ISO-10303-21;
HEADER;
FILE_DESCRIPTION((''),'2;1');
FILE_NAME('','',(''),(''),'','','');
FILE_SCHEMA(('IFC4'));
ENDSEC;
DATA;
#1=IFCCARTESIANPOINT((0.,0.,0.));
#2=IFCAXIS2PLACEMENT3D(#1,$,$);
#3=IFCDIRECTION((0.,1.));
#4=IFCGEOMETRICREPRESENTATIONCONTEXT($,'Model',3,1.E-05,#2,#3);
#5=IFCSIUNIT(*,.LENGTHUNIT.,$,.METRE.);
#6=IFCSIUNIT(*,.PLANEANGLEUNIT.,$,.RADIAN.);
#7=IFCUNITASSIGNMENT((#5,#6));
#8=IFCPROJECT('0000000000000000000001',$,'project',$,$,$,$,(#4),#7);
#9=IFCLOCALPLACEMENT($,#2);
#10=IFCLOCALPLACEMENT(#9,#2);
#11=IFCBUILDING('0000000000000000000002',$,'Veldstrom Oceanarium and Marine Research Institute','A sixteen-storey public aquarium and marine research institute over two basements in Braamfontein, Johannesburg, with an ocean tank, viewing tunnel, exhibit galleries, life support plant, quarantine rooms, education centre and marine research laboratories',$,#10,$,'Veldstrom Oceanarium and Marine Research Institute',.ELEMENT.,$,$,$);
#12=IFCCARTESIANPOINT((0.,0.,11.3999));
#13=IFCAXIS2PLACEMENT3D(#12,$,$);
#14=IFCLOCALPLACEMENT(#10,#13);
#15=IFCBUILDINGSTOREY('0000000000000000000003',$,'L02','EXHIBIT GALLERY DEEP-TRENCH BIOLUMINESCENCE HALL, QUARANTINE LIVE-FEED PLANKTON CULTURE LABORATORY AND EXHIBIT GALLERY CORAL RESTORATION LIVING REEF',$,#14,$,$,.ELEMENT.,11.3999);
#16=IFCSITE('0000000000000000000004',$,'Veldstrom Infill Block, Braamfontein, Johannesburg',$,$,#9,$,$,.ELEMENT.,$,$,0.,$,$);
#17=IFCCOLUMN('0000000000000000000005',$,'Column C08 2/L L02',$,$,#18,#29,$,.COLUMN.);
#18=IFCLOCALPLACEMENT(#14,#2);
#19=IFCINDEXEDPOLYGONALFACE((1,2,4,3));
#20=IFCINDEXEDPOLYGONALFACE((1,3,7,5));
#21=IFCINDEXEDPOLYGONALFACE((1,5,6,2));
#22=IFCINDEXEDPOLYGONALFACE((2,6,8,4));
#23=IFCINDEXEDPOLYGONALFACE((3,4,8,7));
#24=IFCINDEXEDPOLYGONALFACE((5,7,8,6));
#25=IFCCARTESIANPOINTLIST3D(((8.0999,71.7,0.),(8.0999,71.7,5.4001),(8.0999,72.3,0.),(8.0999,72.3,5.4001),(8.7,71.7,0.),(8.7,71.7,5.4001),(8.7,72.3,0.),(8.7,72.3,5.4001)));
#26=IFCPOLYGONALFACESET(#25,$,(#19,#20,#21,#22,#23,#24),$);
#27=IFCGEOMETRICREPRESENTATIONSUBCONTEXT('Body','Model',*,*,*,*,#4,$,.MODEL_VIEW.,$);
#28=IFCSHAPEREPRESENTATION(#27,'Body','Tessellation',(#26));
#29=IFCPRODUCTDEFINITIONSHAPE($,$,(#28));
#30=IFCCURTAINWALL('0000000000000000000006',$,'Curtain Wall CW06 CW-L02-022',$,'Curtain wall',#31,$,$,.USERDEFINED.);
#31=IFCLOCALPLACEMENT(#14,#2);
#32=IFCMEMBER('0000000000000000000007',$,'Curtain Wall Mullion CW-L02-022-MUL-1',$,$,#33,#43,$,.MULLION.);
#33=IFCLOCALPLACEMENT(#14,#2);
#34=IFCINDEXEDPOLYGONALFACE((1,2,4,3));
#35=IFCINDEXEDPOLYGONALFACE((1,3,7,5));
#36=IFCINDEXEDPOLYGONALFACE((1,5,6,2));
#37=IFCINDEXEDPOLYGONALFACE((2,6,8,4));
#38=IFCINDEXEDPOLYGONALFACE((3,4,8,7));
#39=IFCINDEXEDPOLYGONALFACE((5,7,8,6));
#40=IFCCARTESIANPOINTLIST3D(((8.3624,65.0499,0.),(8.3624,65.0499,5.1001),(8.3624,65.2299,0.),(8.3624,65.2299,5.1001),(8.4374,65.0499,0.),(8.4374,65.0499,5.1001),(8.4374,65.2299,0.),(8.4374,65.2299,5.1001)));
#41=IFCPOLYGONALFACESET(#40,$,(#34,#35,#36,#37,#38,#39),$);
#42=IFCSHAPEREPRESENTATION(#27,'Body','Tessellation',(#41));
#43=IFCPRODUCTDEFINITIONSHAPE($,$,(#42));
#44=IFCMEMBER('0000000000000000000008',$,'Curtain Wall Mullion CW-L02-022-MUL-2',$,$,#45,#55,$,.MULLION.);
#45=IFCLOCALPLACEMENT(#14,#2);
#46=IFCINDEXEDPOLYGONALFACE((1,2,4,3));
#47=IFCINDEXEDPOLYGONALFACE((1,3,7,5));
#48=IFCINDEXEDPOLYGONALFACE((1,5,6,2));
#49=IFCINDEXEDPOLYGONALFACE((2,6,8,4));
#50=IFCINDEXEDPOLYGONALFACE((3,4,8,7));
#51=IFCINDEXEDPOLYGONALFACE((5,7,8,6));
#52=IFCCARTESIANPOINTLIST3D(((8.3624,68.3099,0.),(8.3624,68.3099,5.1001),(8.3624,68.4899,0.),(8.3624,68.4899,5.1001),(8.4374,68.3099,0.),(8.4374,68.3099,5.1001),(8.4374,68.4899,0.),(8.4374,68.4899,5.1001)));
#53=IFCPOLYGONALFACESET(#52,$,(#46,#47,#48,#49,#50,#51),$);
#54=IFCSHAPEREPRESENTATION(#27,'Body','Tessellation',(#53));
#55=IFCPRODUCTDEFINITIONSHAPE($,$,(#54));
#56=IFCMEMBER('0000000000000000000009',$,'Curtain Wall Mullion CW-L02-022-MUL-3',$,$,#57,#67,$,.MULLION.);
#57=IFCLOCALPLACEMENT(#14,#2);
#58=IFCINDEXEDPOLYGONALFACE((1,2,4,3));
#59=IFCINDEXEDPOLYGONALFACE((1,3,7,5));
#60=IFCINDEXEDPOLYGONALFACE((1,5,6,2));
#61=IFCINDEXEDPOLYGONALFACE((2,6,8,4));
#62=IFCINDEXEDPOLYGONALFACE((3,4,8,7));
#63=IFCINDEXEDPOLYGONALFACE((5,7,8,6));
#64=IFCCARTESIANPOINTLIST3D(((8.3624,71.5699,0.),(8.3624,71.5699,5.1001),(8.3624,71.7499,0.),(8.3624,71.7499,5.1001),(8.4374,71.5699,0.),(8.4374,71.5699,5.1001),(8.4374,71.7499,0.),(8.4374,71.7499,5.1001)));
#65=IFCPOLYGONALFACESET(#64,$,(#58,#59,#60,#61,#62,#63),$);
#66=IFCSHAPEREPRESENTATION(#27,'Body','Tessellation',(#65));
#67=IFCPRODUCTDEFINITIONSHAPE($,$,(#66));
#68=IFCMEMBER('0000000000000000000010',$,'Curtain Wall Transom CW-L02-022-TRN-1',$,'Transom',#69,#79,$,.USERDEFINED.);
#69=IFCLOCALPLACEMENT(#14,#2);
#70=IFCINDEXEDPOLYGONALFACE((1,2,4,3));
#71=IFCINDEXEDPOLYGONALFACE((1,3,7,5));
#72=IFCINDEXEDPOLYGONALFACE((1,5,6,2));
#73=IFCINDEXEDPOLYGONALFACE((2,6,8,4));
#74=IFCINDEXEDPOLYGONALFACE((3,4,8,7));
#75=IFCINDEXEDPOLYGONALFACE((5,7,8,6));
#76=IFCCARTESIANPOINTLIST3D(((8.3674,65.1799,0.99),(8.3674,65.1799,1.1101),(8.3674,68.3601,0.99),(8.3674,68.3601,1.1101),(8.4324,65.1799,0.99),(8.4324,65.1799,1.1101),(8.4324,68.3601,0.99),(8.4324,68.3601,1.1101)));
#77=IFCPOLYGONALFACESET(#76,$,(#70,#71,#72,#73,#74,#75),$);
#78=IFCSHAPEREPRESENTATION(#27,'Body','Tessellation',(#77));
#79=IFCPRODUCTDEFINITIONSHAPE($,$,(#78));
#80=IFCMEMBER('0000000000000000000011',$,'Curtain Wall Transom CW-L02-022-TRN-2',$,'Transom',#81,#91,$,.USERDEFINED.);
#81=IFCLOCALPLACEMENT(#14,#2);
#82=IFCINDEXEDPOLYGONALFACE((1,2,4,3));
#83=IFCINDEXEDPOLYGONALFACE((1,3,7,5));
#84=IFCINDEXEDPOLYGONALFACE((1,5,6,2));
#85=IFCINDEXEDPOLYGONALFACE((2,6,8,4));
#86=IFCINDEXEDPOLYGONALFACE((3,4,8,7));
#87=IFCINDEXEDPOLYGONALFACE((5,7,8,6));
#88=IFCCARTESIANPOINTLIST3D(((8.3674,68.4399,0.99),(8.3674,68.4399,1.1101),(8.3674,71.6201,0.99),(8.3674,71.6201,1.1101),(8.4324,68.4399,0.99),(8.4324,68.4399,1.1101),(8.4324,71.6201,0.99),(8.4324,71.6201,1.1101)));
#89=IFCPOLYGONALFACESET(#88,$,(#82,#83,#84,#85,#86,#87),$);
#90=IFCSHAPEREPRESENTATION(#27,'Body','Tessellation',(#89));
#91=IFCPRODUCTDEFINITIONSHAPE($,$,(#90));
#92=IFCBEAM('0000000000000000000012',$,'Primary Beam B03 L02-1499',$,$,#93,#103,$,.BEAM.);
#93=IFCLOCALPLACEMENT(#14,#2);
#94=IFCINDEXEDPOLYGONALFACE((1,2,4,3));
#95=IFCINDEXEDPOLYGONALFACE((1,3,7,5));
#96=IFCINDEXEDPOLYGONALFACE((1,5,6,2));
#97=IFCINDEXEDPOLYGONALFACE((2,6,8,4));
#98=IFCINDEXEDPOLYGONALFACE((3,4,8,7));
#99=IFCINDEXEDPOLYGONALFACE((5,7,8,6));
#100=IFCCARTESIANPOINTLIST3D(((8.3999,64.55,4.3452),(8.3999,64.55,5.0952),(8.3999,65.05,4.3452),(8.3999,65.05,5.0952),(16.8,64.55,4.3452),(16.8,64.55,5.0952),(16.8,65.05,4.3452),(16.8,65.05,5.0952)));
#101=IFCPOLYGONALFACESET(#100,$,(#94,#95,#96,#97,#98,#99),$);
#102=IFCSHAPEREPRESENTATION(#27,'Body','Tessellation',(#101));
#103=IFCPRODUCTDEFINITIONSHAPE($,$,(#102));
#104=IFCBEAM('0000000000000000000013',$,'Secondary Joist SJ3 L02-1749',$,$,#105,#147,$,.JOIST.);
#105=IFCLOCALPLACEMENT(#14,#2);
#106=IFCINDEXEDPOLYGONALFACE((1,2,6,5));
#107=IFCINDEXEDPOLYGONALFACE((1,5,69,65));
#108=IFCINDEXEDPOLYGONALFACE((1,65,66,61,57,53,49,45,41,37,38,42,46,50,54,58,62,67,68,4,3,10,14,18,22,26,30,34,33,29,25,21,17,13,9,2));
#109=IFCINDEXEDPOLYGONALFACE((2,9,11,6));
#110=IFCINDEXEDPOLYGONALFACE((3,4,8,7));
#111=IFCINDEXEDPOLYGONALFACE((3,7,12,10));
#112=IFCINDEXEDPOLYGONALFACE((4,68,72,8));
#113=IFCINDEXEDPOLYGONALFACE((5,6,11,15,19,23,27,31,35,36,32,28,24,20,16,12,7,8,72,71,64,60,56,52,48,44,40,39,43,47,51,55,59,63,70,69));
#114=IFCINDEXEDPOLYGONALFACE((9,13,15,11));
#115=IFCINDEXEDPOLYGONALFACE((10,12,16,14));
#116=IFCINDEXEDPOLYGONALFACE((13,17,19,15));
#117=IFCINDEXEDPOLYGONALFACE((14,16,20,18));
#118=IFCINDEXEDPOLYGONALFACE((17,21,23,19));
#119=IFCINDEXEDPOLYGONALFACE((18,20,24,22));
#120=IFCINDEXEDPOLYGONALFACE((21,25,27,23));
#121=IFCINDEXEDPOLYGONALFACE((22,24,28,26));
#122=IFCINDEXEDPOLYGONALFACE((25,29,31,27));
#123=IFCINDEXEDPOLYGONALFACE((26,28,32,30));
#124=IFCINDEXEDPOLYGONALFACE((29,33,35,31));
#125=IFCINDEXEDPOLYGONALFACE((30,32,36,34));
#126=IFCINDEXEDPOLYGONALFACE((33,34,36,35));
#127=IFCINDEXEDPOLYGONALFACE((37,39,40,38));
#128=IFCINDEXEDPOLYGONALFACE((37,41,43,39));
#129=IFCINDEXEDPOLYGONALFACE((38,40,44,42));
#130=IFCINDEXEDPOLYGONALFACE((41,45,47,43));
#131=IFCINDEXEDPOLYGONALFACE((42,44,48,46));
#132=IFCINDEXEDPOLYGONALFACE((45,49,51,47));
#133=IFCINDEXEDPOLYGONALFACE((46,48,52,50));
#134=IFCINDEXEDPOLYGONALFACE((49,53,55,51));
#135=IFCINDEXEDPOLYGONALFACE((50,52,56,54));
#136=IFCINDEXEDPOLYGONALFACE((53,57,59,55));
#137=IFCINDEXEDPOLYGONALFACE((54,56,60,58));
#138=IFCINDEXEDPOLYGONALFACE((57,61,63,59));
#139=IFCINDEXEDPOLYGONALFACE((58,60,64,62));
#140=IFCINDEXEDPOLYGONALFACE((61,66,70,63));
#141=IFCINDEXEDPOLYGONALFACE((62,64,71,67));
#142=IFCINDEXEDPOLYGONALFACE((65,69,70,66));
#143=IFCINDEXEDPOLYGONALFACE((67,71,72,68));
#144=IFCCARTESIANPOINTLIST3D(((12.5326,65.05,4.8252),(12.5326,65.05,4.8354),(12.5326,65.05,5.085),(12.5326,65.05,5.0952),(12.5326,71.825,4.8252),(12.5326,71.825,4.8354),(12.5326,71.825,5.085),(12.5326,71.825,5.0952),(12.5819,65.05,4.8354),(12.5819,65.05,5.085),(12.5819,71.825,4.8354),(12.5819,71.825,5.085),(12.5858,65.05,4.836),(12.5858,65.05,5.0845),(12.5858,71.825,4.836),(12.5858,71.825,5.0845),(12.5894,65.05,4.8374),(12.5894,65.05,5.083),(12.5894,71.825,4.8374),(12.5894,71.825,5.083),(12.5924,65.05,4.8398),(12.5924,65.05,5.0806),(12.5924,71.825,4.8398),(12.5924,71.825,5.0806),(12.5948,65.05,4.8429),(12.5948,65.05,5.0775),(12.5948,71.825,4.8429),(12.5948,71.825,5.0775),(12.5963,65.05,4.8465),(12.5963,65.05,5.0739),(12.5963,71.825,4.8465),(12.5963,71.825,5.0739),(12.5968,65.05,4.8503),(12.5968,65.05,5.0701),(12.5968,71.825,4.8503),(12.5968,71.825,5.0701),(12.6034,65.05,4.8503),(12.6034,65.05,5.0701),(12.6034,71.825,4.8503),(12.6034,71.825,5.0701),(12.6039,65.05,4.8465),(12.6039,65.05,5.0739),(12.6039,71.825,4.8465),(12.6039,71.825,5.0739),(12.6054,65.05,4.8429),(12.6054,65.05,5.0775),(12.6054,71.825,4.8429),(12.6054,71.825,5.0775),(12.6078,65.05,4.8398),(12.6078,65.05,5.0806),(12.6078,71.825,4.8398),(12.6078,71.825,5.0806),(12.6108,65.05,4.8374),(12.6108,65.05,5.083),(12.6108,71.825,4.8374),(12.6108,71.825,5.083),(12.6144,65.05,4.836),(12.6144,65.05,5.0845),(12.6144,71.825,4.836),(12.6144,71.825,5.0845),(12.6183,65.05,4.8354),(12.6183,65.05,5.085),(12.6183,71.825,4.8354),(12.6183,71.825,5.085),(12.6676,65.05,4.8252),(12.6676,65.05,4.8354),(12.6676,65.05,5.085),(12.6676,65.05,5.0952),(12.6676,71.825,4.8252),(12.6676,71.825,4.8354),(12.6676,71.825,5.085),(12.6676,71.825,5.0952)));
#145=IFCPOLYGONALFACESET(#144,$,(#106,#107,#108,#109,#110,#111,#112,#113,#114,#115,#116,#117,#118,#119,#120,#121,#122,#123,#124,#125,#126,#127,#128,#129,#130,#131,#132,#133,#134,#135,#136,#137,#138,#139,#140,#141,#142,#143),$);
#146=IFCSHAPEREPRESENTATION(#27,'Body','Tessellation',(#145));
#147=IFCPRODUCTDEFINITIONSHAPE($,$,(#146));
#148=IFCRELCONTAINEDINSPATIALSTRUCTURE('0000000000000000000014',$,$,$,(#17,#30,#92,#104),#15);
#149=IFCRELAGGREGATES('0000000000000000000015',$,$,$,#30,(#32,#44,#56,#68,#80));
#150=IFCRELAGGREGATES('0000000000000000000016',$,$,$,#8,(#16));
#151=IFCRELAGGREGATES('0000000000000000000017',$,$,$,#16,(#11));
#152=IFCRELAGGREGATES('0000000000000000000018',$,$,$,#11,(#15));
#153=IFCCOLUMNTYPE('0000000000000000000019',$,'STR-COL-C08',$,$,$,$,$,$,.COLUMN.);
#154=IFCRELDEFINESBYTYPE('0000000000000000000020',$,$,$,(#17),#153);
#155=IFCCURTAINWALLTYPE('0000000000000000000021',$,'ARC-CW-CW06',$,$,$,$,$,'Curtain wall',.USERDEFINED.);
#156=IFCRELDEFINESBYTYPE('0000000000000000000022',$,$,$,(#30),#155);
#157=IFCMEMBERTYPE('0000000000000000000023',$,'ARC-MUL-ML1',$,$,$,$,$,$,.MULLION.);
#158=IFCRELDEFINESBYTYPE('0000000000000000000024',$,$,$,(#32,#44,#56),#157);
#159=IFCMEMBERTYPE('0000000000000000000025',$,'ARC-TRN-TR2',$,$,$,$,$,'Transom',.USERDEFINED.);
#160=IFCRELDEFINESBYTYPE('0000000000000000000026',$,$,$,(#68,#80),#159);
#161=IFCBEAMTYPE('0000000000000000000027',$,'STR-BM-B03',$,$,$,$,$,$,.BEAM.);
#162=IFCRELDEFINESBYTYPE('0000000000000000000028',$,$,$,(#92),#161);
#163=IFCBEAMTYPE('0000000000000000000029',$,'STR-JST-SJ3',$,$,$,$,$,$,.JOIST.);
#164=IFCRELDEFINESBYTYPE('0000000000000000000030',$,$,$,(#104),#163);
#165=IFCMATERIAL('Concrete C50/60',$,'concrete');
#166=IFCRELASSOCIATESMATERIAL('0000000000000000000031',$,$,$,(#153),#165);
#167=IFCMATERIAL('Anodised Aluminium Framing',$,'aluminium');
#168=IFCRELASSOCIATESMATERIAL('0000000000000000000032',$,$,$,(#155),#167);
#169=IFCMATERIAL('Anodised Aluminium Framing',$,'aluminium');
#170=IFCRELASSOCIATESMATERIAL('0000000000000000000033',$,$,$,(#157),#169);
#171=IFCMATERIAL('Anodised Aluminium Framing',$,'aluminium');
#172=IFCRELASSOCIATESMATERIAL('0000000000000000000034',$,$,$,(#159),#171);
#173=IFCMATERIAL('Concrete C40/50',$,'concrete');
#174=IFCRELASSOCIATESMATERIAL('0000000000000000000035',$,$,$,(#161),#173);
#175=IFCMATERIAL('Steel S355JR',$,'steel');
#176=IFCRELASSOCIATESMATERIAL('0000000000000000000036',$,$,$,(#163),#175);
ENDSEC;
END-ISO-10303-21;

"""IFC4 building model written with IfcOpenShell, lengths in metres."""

from ifc_helpers import new_model, si_unit, direction, frame, origin, origin_2d, place, context, subcontext, project, spatial, rectangle, i_section, extrude, material, material_profile, profile_set, type_object, element, aggregate, save


model = new_model("IFC4")

# Units and contexts
model_context = context("Model", 3, precision=1e-05, world=origin(), true_north=direction((0.0, 1.0)))
body_context = subcontext(model_context, "Body", "Model", "MODEL_VIEW")
ifc_project = project(units=[si_unit("LENGTHUNIT", "METRE"), si_unit("PLANEANGLEUNIT", "RADIAN")], contexts=[model_context])

# Site, building, storey
site_placement = place(None, origin())
site = spatial("IfcSite", under=ifc_project, at=site_placement, Name="Veldstrom Infill Block, Braamfontein, Johannesburg", CompositionType="ELEMENT", RefElevation=0.0)
building_placement = place(site_placement, origin())
building = spatial("IfcBuilding", under=site, at=building_placement, Name="Veldstrom Oceanarium and Marine Research Institute", Description="A sixteen-storey public aquarium and marine research institute over two basements in Braamfontein, Johannesburg, with an ocean tank, viewing tunnel, exhibit galleries, life support plant, quarantine rooms, education centre and marine research laboratories", LongName="Veldstrom Oceanarium and Marine Research Institute", CompositionType="ELEMENT")
storey_placement = place(building_placement, frame((0.0, 0.0, 11.3999)))
storey = spatial("IfcBuildingStorey", under=building, at=storey_placement, Name="L02", Description="EXHIBIT GALLERY DEEP-TRENCH BIOLUMINESCENCE HALL, QUARANTINE LIVE-FEED PLANKTON CULTURE LABORATORY AND EXHIBIT GALLERY CORAL RESTORATION LIVING REEF", CompositionType="ELEMENT", Elevation=11.3999)

# Column
ifc_material_1 = material(Name="Concrete C50/60", Category="concrete")
ifc_material_profile_1 = material_profile(ifc_material_1, rectangle(XDim=0.6001, YDim=0.6001, at=origin_2d()), Name="RC-COL-600x600")
ifc_profile_set_1 = profile_set([ifc_material_profile_1], Name="Concrete C50/60")
column_type = type_object("IfcColumnType", Name="STR-COL-C08", PredefinedType="COLUMN", material=ifc_profile_set_1)
column_placement = place(storey_placement, frame((8.3999, 72.0, 0.0), z_axis=(0.0, 0.0, 1.0), x_axis=(1.0, 0.0, 0.0)))
element("IfcColumn", 1, at=column_placement, inside=storey, type_object=column_type, Name="Column C08 2/L L02", PredefinedType="COLUMN", context=body_context, shape_type="SweptSolid", body=[
    extrude(rectangle(XDim=0.6001, YDim=0.6001, at=origin_2d()), origin(), (0.0, 0.0, 1.0), 5.4001),
])

# Curtain wall, members
ifc_material_2 = material(Name="Anodised Aluminium Framing", Category="aluminium")
curtain_wall_type = type_object("IfcCurtainWallType", Name="ARC-CW-CW06", ElementType="Curtain wall", PredefinedType="USERDEFINED", material=ifc_material_2)
curtain_wall_placement = place(storey_placement, origin())
curtain_wall = element("IfcCurtainWall", 2, at=curtain_wall_placement, inside=storey, type_object=curtain_wall_type, Name="Curtain Wall CW06 CW-L02-022", ObjectType="Curtain wall", PredefinedType="USERDEFINED")
ifc_material_3 = material(Name="Anodised Aluminium Framing", Category="aluminium")
ifc_material_profile_2 = material_profile(ifc_material_3, rectangle(XDim=0.075, YDim=0.1799, at=origin_2d()), Name="ALU-MUL-75x180")
ifc_profile_set_2 = profile_set([ifc_material_profile_2], Name="Anodised Aluminium Framing")
member_type_1 = type_object("IfcMemberType", Name="ARC-MUL-ML1", PredefinedType="MULLION", material=ifc_profile_set_2)
member_1_placement = place(storey_placement, frame((8.3999, 65.1399, 0.0), z_axis=(0.0, 0.0, 1.0), x_axis=(1.0, 0.0, 0.0)))
member_1 = element("IfcMember", 3, at=member_1_placement, type_object=member_type_1, Name="Curtain Wall Mullion CW-L02-022-MUL-1", PredefinedType="MULLION", context=body_context, shape_type="SweptSolid", body=[
    extrude(rectangle(XDim=0.075, YDim=0.1799, at=origin_2d()), origin(), (0.0, 0.0, 1.0), 5.1001),
])
member_2_placement = place(storey_placement, frame((8.3999, 68.3999, 0.0), z_axis=(0.0, 0.0, 1.0), x_axis=(1.0, 0.0, 0.0)))
member_2 = element("IfcMember", 4, at=member_2_placement, type_object=member_type_1, Name="Curtain Wall Mullion CW-L02-022-MUL-2", PredefinedType="MULLION", context=body_context, shape_type="SweptSolid", body=[
    extrude(rectangle(XDim=0.075, YDim=0.1799, at=origin_2d()), origin(), (0.0, 0.0, 1.0), 5.1001),
])
member_3_placement = place(storey_placement, frame((8.3999, 71.6599, 0.0), z_axis=(0.0, 0.0, 1.0), x_axis=(1.0, 0.0, 0.0)))
member_3 = element("IfcMember", 5, at=member_3_placement, type_object=member_type_1, Name="Curtain Wall Mullion CW-L02-022-MUL-3", PredefinedType="MULLION", context=body_context, shape_type="SweptSolid", body=[
    extrude(rectangle(XDim=0.075, YDim=0.1799, at=origin_2d()), origin(), (0.0, 0.0, 1.0), 5.1001),
])
ifc_material_4 = material(Name="Anodised Aluminium Framing", Category="aluminium")
ifc_material_profile_3 = material_profile(ifc_material_4, rectangle(XDim=0.0649, YDim=0.1201, at=origin_2d()), Name="ALU-TRN-65x120")
ifc_profile_set_3 = profile_set([ifc_material_profile_3], Name="Anodised Aluminium Framing")
member_type_2 = type_object("IfcMemberType", Name="ARC-TRN-TR2", ElementType="Transom", PredefinedType="USERDEFINED", material=ifc_profile_set_3)
member_4_placement = place(storey_placement, frame((8.3999, 65.1799, 1.05), z_axis=(0.0, 1.0, 0.0), x_axis=(-1.0, 0.0, 0.0)))
member_4 = element("IfcMember", 6, at=member_4_placement, type_object=member_type_2, Name="Curtain Wall Transom CW-L02-022-TRN-1", ObjectType="Transom", PredefinedType="USERDEFINED", context=body_context, shape_type="SweptSolid", body=[
    extrude(rectangle(XDim=0.0649, YDim=0.1201, at=origin_2d()), origin(), (0.0, 0.0, 1.0), 3.1802),
])
member_5_placement = place(storey_placement, frame((8.3999, 68.4399, 1.05), z_axis=(0.0, 1.0, 0.0), x_axis=(-1.0, 0.0, 0.0)))
member_5 = element("IfcMember", 7, at=member_5_placement, type_object=member_type_2, Name="Curtain Wall Transom CW-L02-022-TRN-2", ObjectType="Transom", PredefinedType="USERDEFINED", context=body_context, shape_type="SweptSolid", body=[
    extrude(rectangle(XDim=0.0649, YDim=0.1201, at=origin_2d()), origin(), (0.0, 0.0, 1.0), 3.1802),
])

# Beams
ifc_material_5 = material(Name="Concrete C40/50", Category="concrete")
ifc_material_profile_4 = material_profile(ifc_material_5, rectangle(XDim=0.5, YDim=0.75, at=origin_2d()), Name="RC-BM-500x750")
ifc_profile_set_4 = profile_set([ifc_material_profile_4], Name="Concrete C40/50")
beam_type_1 = type_object("IfcBeamType", Name="STR-BM-B03", PredefinedType="BEAM", material=ifc_profile_set_4)
beam_1_placement = place(storey_placement, frame((8.3999, 64.8, 4.7202), z_axis=(1.0, 0.0, 0.0), x_axis=(0.0, 1.0, 0.0)))
element("IfcBeam", 8, at=beam_1_placement, inside=storey, type_object=beam_type_1, Name="Primary Beam B03 L02-1499", PredefinedType="BEAM", context=body_context, shape_type="SweptSolid", body=[
    extrude(rectangle(XDim=0.5, YDim=0.75, at=origin_2d()), origin(), (0.0, 0.0, 1.0), 8.4001),
])
ifc_material_6 = material(Name="Steel S355JR", Category="steel")
ifc_material_profile_5 = material_profile(ifc_material_6, i_section(OverallWidth=0.135, OverallDepth=0.27, WebThickness=0.0066, FlangeThickness=0.0103, FilletRadius=0.0149, at=origin_2d()), Name="IPE 270")
ifc_profile_set_5 = profile_set([ifc_material_profile_5], Name="Steel S355JR")
beam_type_2 = type_object("IfcBeamType", Name="STR-JST-SJ3", PredefinedType="JOIST", material=ifc_profile_set_5)
beam_2_placement = place(storey_placement, frame((12.6001, 65.05, 4.9602), z_axis=(0.0, 1.0, 0.0), x_axis=(-1.0, 0.0, 0.0)))
element("IfcBeam", 9, at=beam_2_placement, inside=storey, type_object=beam_type_2, Name="Secondary Joist SJ3 L02-1749", PredefinedType="JOIST", context=body_context, shape_type="SweptSolid", body=[
    extrude(i_section(OverallWidth=0.135, OverallDepth=0.27, WebThickness=0.0066, FlangeThickness=0.0103, FilletRadius=0.0149, at=origin_2d()), origin(), (0.0, 0.0, 1.0), 6.7749),
])

aggregate(curtain_wall, [member_1, member_2, member_3, member_4, member_5])

save(model, "model.ifc")
